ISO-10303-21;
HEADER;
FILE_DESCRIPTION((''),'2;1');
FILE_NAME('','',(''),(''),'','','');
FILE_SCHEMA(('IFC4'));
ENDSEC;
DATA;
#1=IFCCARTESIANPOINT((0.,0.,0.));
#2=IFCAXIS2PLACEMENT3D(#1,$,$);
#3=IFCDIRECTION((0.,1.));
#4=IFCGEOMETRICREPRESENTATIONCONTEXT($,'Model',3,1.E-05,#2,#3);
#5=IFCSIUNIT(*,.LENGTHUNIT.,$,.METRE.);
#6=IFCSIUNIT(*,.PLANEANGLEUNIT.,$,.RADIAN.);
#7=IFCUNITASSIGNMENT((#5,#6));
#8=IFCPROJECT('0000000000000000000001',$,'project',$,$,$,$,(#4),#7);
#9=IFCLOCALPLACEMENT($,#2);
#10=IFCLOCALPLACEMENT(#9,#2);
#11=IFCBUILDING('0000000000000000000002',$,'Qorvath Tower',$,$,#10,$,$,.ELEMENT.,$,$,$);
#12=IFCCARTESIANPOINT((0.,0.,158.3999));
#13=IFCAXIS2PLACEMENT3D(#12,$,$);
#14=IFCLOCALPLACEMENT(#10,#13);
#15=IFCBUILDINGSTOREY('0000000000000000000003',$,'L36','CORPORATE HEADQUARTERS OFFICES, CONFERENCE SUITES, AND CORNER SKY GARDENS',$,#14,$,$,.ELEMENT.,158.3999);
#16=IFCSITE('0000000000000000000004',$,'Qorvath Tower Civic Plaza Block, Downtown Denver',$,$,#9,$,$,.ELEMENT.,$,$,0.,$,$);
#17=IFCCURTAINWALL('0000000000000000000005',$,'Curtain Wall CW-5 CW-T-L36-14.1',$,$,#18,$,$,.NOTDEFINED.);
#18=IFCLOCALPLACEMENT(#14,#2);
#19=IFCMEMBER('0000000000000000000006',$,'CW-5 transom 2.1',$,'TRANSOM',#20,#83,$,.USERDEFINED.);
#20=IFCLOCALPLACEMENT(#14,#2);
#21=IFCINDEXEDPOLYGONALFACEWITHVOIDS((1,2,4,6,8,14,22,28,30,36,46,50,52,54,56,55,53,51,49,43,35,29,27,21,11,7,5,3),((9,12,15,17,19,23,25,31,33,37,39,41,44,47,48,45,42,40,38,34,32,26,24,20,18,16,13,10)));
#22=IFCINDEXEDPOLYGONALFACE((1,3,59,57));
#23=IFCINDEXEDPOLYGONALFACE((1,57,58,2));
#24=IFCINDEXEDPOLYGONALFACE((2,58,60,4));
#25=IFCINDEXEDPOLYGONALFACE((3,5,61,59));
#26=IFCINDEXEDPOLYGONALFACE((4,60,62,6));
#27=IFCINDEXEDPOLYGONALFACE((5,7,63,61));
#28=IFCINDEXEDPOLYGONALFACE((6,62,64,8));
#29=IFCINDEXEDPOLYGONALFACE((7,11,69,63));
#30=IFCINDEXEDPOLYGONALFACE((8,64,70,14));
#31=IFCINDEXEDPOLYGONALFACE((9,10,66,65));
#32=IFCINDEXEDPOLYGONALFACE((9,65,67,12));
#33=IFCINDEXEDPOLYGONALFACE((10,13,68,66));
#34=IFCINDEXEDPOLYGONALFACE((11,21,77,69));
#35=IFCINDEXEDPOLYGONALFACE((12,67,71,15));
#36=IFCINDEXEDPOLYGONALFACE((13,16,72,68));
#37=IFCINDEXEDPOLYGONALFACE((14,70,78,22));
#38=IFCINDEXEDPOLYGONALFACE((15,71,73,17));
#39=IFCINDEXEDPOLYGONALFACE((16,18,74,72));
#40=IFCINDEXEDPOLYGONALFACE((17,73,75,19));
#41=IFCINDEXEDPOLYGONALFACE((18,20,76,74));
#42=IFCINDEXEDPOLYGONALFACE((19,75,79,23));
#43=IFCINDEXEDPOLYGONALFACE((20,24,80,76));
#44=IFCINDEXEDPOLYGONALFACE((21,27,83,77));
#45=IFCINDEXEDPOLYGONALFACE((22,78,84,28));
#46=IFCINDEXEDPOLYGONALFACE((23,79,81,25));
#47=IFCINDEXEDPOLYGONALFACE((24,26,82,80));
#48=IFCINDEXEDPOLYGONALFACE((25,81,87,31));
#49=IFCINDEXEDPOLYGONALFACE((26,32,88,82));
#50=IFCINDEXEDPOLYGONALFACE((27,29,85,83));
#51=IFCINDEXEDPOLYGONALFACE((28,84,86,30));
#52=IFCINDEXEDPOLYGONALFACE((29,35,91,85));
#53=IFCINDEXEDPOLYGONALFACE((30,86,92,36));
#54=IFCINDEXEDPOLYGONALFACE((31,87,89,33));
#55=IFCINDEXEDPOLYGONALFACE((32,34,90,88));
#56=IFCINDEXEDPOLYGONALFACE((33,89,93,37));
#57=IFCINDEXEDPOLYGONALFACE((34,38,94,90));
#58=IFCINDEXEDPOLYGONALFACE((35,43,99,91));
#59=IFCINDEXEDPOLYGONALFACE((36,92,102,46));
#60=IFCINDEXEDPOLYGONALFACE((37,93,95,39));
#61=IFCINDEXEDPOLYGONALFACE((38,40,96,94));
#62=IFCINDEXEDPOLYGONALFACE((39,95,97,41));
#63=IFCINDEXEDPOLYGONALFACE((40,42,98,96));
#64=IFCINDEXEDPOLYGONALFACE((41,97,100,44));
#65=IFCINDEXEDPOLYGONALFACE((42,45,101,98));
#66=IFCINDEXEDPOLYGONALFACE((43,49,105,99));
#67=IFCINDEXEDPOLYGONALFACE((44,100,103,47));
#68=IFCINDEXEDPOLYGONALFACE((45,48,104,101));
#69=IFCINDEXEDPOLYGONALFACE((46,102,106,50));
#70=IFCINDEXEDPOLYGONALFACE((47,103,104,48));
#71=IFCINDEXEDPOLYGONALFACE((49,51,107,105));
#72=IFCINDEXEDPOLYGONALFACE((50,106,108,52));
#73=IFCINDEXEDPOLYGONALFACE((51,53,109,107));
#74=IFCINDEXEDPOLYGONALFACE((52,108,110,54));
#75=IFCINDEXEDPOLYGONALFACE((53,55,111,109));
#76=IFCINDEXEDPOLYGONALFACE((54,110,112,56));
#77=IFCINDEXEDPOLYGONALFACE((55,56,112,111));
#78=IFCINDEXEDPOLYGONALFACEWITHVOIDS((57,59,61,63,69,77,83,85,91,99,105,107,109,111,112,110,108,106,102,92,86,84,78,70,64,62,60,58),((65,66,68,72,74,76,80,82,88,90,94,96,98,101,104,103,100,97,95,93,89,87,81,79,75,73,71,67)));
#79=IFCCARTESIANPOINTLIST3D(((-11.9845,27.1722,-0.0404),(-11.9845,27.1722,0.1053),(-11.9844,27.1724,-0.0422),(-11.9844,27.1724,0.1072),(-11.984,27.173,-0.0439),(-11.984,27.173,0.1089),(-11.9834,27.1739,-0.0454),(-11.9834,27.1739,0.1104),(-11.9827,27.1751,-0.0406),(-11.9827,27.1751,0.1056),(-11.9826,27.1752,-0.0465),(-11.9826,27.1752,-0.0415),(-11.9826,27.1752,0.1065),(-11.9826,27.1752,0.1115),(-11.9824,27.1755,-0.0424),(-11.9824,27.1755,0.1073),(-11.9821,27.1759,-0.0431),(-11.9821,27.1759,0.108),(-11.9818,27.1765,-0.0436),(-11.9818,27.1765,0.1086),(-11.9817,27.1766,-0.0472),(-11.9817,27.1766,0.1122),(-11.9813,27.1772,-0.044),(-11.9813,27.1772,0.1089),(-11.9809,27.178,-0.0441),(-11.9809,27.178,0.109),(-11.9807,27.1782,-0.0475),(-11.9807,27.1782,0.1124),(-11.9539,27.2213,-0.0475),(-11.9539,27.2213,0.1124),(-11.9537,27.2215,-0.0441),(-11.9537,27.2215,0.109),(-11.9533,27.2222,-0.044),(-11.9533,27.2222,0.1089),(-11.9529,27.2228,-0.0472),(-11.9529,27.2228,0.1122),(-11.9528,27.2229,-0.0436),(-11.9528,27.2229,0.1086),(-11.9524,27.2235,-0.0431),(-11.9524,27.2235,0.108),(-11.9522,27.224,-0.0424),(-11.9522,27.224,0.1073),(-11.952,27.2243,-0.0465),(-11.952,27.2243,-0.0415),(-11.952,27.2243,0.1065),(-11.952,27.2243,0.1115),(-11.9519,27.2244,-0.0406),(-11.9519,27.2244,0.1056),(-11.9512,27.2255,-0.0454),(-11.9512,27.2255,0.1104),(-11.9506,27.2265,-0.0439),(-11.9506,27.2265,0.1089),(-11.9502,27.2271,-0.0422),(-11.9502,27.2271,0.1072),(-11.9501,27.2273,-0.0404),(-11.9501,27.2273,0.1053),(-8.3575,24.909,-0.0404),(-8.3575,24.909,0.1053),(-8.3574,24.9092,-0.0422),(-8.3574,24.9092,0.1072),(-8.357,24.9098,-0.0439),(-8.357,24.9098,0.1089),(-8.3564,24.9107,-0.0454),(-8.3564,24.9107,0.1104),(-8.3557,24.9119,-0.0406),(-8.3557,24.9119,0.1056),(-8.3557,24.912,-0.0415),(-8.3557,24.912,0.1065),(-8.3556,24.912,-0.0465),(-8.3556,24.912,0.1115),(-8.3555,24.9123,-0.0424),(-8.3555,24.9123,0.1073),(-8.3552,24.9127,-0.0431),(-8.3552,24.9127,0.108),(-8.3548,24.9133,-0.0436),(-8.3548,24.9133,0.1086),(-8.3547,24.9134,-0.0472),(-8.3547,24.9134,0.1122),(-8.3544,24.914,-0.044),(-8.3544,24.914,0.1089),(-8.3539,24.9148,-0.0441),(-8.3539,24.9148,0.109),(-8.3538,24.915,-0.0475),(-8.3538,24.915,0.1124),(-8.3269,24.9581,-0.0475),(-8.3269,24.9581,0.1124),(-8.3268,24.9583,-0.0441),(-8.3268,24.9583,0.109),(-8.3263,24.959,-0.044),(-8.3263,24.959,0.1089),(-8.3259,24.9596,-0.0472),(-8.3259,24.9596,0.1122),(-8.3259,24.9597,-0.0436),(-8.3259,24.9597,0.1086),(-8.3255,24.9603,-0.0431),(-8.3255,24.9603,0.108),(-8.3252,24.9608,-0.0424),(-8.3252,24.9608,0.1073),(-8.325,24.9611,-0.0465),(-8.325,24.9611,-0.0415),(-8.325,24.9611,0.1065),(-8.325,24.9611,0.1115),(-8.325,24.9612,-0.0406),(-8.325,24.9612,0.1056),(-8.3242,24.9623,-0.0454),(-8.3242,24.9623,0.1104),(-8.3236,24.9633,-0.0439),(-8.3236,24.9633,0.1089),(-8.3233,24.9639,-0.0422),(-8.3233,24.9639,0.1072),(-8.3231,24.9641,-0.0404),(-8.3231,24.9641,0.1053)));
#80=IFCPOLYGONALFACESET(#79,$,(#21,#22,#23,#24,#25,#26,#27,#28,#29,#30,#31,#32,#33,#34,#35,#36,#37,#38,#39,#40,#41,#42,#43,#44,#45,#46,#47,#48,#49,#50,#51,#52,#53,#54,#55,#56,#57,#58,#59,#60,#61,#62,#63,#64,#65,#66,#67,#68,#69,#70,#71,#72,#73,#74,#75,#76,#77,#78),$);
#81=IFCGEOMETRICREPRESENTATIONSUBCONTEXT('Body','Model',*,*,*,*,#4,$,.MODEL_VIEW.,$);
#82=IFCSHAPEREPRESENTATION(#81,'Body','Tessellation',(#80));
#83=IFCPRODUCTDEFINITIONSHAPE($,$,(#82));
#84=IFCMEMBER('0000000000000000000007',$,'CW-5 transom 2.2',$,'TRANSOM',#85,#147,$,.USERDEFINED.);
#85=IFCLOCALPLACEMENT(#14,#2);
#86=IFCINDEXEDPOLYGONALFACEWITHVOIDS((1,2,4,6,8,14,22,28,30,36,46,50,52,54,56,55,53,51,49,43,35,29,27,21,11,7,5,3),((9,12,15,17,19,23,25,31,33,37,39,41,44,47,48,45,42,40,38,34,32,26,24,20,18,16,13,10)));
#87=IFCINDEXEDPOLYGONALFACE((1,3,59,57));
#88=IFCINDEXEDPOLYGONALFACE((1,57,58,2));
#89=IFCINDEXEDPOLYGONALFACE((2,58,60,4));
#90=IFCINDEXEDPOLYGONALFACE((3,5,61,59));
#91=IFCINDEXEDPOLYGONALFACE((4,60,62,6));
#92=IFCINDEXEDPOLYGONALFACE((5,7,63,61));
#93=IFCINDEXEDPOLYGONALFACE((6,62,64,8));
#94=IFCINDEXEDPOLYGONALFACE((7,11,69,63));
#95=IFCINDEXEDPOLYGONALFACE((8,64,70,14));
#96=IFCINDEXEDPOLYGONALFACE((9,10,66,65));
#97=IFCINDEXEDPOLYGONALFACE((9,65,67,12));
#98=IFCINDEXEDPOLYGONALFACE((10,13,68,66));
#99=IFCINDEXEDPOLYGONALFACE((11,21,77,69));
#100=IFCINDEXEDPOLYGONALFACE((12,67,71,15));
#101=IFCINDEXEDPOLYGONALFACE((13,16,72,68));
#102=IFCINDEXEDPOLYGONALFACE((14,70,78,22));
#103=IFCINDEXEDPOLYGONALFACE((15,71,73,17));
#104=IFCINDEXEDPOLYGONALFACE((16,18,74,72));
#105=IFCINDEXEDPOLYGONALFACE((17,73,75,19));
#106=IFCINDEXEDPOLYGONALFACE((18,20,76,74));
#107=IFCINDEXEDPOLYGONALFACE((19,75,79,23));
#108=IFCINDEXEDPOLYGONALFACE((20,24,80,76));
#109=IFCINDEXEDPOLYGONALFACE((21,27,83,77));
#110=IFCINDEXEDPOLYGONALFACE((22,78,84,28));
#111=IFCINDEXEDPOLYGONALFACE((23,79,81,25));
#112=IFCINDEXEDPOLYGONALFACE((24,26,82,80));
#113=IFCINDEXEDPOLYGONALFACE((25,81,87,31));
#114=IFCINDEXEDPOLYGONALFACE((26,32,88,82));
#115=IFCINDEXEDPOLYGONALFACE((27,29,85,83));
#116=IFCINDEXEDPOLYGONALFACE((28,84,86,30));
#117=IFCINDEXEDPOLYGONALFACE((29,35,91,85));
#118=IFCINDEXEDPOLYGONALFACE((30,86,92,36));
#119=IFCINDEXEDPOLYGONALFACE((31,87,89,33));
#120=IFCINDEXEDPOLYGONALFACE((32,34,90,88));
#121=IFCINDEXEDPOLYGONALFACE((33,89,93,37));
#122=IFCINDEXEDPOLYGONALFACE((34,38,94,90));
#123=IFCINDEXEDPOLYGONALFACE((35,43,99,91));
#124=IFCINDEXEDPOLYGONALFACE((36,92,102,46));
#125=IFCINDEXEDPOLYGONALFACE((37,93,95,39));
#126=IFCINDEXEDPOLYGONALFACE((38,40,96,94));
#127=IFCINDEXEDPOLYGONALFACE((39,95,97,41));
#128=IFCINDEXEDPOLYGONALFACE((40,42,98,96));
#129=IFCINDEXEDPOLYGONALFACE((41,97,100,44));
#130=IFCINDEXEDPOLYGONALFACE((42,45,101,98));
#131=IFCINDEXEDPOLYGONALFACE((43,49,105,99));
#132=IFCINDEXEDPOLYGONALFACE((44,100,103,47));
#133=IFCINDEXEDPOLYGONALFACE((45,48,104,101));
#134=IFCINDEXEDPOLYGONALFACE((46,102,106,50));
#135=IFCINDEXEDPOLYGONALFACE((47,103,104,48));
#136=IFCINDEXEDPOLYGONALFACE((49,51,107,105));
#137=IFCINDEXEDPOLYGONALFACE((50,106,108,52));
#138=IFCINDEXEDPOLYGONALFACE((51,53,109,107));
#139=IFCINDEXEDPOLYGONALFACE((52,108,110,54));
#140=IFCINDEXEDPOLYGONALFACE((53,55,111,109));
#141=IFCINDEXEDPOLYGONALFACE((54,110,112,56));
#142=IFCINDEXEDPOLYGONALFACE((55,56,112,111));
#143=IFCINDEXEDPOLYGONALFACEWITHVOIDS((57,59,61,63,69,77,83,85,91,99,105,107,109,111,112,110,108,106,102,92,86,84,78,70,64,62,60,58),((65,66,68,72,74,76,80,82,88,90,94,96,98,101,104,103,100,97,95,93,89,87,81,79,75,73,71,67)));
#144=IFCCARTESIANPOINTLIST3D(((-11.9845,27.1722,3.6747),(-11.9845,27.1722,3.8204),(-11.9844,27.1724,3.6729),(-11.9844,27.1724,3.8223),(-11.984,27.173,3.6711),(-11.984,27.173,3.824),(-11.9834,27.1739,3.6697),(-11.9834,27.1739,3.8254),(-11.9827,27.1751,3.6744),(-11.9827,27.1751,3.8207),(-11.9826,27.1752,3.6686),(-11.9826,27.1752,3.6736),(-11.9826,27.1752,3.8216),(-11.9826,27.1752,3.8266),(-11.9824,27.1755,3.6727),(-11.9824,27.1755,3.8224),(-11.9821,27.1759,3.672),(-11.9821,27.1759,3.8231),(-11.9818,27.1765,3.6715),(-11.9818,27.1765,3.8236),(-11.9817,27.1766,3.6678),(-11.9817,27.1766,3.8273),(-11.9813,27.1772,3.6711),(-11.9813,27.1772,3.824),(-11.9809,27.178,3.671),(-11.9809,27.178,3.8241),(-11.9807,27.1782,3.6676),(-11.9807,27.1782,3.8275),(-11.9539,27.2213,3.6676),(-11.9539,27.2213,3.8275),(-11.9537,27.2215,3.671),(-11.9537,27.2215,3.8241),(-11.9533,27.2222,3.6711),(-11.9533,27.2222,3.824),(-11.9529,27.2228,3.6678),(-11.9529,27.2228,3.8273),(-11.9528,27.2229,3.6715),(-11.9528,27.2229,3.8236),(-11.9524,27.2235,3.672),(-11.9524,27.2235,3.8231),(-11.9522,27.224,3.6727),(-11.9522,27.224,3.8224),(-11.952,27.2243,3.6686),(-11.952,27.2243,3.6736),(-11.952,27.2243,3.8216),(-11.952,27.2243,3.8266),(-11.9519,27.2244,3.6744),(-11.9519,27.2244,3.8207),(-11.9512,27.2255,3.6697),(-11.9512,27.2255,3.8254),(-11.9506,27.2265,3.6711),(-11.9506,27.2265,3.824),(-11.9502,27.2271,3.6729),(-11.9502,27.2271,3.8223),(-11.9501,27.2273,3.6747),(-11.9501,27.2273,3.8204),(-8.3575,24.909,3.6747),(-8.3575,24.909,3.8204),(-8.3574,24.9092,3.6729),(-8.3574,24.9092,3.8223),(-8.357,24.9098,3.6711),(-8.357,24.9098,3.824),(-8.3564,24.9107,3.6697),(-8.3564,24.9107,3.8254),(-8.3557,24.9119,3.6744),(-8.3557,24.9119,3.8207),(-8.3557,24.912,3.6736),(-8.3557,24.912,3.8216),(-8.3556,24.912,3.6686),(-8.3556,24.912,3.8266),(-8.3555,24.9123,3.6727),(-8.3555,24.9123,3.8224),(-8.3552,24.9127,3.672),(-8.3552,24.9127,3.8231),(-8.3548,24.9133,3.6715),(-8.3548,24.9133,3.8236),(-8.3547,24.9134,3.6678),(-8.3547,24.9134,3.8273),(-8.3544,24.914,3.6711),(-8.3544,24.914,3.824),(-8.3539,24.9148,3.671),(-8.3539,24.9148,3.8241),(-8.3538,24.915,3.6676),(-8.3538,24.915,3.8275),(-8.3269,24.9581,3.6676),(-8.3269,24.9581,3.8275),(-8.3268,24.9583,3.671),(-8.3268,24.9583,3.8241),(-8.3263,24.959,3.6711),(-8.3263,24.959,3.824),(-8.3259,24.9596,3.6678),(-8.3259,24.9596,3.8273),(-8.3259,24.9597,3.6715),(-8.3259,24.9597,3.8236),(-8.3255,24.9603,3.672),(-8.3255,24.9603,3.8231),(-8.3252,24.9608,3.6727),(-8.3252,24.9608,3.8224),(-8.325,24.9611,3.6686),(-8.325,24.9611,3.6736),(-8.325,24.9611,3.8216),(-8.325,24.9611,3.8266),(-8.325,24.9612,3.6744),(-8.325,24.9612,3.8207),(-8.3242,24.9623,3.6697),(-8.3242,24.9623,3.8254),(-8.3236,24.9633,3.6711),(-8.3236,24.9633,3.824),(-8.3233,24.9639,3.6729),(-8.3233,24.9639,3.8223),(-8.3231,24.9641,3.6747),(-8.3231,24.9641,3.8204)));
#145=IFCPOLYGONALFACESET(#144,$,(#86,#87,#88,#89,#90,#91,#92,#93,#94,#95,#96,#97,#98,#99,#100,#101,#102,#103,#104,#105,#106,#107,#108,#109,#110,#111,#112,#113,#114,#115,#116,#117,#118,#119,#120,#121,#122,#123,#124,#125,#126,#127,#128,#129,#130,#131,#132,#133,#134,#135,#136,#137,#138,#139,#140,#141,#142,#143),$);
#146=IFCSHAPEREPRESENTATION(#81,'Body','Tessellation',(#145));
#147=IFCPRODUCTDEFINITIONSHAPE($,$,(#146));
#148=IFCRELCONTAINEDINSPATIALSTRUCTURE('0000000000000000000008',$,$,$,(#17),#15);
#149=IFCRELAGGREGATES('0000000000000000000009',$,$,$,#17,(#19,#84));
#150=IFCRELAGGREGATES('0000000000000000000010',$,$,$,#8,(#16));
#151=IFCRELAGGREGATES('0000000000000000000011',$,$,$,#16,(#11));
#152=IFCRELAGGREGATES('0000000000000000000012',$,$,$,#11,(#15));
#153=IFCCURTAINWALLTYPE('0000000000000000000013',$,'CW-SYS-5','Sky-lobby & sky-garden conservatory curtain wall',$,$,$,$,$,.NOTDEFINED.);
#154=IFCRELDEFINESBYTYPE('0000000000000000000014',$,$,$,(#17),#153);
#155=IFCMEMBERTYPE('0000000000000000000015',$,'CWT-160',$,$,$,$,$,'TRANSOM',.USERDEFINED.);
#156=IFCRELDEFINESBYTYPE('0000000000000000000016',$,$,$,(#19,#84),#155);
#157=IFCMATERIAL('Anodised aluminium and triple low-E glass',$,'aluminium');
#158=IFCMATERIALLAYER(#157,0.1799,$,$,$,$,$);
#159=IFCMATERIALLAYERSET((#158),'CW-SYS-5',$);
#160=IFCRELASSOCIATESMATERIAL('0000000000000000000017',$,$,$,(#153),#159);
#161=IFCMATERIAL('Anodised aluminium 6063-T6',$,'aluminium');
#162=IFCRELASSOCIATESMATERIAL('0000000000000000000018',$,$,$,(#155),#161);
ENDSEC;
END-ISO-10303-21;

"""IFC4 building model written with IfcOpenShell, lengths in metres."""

from ifc_helpers import new_model, si_unit, direction, frame, origin, origin_2d, place, context, subcontext, project, spatial, hollow_rectangle, extrude, material, layer, layer_set, material_profile, profile_set, type_object, element, aggregate, save


model = new_model("IFC4")

# Units and contexts
model_context = context("Model", 3, precision=1e-05, world=origin(), true_north=direction((0.0, 1.0)))
body_context = subcontext(model_context, "Body", "Model", "MODEL_VIEW")
ifc_project = project(units=[si_unit("LENGTHUNIT", "METRE"), si_unit("PLANEANGLEUNIT", "RADIAN")], contexts=[model_context])

# Site, building, storey
site_placement = place(None, origin())
site = spatial("IfcSite", under=ifc_project, at=site_placement, Name="Qorvath Tower Civic Plaza Block, Downtown Denver", CompositionType="ELEMENT", RefElevation=0.0)
building_placement = place(site_placement, origin())
building = spatial("IfcBuilding", under=site, at=building_placement, Name="Qorvath Tower", CompositionType="ELEMENT")
storey_placement = place(building_placement, frame((0.0, 0.0, 158.3999)))
storey = spatial("IfcBuildingStorey", under=building, at=storey_placement, Name="L36", Description="CORPORATE HEADQUARTERS OFFICES, CONFERENCE SUITES, AND CORNER SKY GARDENS", CompositionType="ELEMENT", Elevation=158.3999)

# Shared definitions
ifc_material_1 = material(Name="Anodised aluminium and triple low-E glass", Category="aluminium")
ifc_layer_1 = layer(ifc_material_1, 0.1799)
ifc_layer_set_1 = layer_set([ifc_layer_1], Name="CW-SYS-5")
curtain_wall_type = type_object("IfcCurtainWallType", Name="CW-SYS-5", Description="Sky-lobby & sky-garden conservatory curtain wall", PredefinedType="NOTDEFINED", material=ifc_layer_set_1)

# Curtain wall
curtain_wall_1_placement = place(storey_placement, origin())
curtain_wall_1 = element("IfcCurtainWall", 1, at=curtain_wall_1_placement, inside=storey, type_object=curtain_wall_type, Name="Curtain Wall CW-5 CW-T-L36-14.1", PredefinedType="NOTDEFINED")

# Members
ifc_material_2 = material(Name="Anodised aluminium 6063-T6", Category="aluminium")
ifc_material_profile_1 = material_profile(ifc_material_2, hollow_rectangle(XDim=0.0649, YDim=0.1599, WallThickness=0.0034, InnerFilletRadius=0.0034, OuterFilletRadius=0.0071, at=origin_2d()), Name="CWT 160x65")
ifc_profile_set_1 = profile_set([ifc_material_profile_1], Name="Anodised aluminium 6063-T6")
member_type_1 = type_object("IfcMemberType", Name="CWT-160", ElementType="TRANSOM", PredefinedType="USERDEFINED", material=ifc_profile_set_1)
member_1_placement = place(storey_placement, frame((-8.3403, 24.9365, 0.0325), z_axis=(-0.848383, 0.529383, 0.0), x_axis=(-0.529383, -0.848383, 0.0)))
member_1 = element("IfcMember", 2, at=member_1_placement, type_object=member_type_1, Name="CW-5 transom 2.1", ObjectType="TRANSOM", PredefinedType="USERDEFINED", context=body_context, shape_type="SweptSolid", body=[
    extrude(hollow_rectangle(XDim=0.0649, YDim=0.1599, WallThickness=0.0034, InnerFilletRadius=0.0034, OuterFilletRadius=0.0071, at=origin_2d()), origin(), (0.0, 0.0, 1.0), 4.2751),
])
member_2_placement = place(storey_placement, frame((-8.3403, 24.9365, 3.7476), z_axis=(-0.848383, 0.529383, 0.0), x_axis=(-0.529383, -0.848383, 0.0)))
member_2 = element("IfcMember", 3, at=member_2_placement, type_object=member_type_1, Name="CW-5 transom 2.2", ObjectType="TRANSOM", PredefinedType="USERDEFINED", context=body_context, shape_type="SweptSolid", body=[
    extrude(hollow_rectangle(XDim=0.0649, YDim=0.1599, WallThickness=0.0034, InnerFilletRadius=0.0034, OuterFilletRadius=0.0071, at=origin_2d()), origin(), (0.0, 0.0, 1.0), 4.2751),
])

aggregate(curtain_wall_1, [member_1, member_2])

save(model, "model.ifc")
